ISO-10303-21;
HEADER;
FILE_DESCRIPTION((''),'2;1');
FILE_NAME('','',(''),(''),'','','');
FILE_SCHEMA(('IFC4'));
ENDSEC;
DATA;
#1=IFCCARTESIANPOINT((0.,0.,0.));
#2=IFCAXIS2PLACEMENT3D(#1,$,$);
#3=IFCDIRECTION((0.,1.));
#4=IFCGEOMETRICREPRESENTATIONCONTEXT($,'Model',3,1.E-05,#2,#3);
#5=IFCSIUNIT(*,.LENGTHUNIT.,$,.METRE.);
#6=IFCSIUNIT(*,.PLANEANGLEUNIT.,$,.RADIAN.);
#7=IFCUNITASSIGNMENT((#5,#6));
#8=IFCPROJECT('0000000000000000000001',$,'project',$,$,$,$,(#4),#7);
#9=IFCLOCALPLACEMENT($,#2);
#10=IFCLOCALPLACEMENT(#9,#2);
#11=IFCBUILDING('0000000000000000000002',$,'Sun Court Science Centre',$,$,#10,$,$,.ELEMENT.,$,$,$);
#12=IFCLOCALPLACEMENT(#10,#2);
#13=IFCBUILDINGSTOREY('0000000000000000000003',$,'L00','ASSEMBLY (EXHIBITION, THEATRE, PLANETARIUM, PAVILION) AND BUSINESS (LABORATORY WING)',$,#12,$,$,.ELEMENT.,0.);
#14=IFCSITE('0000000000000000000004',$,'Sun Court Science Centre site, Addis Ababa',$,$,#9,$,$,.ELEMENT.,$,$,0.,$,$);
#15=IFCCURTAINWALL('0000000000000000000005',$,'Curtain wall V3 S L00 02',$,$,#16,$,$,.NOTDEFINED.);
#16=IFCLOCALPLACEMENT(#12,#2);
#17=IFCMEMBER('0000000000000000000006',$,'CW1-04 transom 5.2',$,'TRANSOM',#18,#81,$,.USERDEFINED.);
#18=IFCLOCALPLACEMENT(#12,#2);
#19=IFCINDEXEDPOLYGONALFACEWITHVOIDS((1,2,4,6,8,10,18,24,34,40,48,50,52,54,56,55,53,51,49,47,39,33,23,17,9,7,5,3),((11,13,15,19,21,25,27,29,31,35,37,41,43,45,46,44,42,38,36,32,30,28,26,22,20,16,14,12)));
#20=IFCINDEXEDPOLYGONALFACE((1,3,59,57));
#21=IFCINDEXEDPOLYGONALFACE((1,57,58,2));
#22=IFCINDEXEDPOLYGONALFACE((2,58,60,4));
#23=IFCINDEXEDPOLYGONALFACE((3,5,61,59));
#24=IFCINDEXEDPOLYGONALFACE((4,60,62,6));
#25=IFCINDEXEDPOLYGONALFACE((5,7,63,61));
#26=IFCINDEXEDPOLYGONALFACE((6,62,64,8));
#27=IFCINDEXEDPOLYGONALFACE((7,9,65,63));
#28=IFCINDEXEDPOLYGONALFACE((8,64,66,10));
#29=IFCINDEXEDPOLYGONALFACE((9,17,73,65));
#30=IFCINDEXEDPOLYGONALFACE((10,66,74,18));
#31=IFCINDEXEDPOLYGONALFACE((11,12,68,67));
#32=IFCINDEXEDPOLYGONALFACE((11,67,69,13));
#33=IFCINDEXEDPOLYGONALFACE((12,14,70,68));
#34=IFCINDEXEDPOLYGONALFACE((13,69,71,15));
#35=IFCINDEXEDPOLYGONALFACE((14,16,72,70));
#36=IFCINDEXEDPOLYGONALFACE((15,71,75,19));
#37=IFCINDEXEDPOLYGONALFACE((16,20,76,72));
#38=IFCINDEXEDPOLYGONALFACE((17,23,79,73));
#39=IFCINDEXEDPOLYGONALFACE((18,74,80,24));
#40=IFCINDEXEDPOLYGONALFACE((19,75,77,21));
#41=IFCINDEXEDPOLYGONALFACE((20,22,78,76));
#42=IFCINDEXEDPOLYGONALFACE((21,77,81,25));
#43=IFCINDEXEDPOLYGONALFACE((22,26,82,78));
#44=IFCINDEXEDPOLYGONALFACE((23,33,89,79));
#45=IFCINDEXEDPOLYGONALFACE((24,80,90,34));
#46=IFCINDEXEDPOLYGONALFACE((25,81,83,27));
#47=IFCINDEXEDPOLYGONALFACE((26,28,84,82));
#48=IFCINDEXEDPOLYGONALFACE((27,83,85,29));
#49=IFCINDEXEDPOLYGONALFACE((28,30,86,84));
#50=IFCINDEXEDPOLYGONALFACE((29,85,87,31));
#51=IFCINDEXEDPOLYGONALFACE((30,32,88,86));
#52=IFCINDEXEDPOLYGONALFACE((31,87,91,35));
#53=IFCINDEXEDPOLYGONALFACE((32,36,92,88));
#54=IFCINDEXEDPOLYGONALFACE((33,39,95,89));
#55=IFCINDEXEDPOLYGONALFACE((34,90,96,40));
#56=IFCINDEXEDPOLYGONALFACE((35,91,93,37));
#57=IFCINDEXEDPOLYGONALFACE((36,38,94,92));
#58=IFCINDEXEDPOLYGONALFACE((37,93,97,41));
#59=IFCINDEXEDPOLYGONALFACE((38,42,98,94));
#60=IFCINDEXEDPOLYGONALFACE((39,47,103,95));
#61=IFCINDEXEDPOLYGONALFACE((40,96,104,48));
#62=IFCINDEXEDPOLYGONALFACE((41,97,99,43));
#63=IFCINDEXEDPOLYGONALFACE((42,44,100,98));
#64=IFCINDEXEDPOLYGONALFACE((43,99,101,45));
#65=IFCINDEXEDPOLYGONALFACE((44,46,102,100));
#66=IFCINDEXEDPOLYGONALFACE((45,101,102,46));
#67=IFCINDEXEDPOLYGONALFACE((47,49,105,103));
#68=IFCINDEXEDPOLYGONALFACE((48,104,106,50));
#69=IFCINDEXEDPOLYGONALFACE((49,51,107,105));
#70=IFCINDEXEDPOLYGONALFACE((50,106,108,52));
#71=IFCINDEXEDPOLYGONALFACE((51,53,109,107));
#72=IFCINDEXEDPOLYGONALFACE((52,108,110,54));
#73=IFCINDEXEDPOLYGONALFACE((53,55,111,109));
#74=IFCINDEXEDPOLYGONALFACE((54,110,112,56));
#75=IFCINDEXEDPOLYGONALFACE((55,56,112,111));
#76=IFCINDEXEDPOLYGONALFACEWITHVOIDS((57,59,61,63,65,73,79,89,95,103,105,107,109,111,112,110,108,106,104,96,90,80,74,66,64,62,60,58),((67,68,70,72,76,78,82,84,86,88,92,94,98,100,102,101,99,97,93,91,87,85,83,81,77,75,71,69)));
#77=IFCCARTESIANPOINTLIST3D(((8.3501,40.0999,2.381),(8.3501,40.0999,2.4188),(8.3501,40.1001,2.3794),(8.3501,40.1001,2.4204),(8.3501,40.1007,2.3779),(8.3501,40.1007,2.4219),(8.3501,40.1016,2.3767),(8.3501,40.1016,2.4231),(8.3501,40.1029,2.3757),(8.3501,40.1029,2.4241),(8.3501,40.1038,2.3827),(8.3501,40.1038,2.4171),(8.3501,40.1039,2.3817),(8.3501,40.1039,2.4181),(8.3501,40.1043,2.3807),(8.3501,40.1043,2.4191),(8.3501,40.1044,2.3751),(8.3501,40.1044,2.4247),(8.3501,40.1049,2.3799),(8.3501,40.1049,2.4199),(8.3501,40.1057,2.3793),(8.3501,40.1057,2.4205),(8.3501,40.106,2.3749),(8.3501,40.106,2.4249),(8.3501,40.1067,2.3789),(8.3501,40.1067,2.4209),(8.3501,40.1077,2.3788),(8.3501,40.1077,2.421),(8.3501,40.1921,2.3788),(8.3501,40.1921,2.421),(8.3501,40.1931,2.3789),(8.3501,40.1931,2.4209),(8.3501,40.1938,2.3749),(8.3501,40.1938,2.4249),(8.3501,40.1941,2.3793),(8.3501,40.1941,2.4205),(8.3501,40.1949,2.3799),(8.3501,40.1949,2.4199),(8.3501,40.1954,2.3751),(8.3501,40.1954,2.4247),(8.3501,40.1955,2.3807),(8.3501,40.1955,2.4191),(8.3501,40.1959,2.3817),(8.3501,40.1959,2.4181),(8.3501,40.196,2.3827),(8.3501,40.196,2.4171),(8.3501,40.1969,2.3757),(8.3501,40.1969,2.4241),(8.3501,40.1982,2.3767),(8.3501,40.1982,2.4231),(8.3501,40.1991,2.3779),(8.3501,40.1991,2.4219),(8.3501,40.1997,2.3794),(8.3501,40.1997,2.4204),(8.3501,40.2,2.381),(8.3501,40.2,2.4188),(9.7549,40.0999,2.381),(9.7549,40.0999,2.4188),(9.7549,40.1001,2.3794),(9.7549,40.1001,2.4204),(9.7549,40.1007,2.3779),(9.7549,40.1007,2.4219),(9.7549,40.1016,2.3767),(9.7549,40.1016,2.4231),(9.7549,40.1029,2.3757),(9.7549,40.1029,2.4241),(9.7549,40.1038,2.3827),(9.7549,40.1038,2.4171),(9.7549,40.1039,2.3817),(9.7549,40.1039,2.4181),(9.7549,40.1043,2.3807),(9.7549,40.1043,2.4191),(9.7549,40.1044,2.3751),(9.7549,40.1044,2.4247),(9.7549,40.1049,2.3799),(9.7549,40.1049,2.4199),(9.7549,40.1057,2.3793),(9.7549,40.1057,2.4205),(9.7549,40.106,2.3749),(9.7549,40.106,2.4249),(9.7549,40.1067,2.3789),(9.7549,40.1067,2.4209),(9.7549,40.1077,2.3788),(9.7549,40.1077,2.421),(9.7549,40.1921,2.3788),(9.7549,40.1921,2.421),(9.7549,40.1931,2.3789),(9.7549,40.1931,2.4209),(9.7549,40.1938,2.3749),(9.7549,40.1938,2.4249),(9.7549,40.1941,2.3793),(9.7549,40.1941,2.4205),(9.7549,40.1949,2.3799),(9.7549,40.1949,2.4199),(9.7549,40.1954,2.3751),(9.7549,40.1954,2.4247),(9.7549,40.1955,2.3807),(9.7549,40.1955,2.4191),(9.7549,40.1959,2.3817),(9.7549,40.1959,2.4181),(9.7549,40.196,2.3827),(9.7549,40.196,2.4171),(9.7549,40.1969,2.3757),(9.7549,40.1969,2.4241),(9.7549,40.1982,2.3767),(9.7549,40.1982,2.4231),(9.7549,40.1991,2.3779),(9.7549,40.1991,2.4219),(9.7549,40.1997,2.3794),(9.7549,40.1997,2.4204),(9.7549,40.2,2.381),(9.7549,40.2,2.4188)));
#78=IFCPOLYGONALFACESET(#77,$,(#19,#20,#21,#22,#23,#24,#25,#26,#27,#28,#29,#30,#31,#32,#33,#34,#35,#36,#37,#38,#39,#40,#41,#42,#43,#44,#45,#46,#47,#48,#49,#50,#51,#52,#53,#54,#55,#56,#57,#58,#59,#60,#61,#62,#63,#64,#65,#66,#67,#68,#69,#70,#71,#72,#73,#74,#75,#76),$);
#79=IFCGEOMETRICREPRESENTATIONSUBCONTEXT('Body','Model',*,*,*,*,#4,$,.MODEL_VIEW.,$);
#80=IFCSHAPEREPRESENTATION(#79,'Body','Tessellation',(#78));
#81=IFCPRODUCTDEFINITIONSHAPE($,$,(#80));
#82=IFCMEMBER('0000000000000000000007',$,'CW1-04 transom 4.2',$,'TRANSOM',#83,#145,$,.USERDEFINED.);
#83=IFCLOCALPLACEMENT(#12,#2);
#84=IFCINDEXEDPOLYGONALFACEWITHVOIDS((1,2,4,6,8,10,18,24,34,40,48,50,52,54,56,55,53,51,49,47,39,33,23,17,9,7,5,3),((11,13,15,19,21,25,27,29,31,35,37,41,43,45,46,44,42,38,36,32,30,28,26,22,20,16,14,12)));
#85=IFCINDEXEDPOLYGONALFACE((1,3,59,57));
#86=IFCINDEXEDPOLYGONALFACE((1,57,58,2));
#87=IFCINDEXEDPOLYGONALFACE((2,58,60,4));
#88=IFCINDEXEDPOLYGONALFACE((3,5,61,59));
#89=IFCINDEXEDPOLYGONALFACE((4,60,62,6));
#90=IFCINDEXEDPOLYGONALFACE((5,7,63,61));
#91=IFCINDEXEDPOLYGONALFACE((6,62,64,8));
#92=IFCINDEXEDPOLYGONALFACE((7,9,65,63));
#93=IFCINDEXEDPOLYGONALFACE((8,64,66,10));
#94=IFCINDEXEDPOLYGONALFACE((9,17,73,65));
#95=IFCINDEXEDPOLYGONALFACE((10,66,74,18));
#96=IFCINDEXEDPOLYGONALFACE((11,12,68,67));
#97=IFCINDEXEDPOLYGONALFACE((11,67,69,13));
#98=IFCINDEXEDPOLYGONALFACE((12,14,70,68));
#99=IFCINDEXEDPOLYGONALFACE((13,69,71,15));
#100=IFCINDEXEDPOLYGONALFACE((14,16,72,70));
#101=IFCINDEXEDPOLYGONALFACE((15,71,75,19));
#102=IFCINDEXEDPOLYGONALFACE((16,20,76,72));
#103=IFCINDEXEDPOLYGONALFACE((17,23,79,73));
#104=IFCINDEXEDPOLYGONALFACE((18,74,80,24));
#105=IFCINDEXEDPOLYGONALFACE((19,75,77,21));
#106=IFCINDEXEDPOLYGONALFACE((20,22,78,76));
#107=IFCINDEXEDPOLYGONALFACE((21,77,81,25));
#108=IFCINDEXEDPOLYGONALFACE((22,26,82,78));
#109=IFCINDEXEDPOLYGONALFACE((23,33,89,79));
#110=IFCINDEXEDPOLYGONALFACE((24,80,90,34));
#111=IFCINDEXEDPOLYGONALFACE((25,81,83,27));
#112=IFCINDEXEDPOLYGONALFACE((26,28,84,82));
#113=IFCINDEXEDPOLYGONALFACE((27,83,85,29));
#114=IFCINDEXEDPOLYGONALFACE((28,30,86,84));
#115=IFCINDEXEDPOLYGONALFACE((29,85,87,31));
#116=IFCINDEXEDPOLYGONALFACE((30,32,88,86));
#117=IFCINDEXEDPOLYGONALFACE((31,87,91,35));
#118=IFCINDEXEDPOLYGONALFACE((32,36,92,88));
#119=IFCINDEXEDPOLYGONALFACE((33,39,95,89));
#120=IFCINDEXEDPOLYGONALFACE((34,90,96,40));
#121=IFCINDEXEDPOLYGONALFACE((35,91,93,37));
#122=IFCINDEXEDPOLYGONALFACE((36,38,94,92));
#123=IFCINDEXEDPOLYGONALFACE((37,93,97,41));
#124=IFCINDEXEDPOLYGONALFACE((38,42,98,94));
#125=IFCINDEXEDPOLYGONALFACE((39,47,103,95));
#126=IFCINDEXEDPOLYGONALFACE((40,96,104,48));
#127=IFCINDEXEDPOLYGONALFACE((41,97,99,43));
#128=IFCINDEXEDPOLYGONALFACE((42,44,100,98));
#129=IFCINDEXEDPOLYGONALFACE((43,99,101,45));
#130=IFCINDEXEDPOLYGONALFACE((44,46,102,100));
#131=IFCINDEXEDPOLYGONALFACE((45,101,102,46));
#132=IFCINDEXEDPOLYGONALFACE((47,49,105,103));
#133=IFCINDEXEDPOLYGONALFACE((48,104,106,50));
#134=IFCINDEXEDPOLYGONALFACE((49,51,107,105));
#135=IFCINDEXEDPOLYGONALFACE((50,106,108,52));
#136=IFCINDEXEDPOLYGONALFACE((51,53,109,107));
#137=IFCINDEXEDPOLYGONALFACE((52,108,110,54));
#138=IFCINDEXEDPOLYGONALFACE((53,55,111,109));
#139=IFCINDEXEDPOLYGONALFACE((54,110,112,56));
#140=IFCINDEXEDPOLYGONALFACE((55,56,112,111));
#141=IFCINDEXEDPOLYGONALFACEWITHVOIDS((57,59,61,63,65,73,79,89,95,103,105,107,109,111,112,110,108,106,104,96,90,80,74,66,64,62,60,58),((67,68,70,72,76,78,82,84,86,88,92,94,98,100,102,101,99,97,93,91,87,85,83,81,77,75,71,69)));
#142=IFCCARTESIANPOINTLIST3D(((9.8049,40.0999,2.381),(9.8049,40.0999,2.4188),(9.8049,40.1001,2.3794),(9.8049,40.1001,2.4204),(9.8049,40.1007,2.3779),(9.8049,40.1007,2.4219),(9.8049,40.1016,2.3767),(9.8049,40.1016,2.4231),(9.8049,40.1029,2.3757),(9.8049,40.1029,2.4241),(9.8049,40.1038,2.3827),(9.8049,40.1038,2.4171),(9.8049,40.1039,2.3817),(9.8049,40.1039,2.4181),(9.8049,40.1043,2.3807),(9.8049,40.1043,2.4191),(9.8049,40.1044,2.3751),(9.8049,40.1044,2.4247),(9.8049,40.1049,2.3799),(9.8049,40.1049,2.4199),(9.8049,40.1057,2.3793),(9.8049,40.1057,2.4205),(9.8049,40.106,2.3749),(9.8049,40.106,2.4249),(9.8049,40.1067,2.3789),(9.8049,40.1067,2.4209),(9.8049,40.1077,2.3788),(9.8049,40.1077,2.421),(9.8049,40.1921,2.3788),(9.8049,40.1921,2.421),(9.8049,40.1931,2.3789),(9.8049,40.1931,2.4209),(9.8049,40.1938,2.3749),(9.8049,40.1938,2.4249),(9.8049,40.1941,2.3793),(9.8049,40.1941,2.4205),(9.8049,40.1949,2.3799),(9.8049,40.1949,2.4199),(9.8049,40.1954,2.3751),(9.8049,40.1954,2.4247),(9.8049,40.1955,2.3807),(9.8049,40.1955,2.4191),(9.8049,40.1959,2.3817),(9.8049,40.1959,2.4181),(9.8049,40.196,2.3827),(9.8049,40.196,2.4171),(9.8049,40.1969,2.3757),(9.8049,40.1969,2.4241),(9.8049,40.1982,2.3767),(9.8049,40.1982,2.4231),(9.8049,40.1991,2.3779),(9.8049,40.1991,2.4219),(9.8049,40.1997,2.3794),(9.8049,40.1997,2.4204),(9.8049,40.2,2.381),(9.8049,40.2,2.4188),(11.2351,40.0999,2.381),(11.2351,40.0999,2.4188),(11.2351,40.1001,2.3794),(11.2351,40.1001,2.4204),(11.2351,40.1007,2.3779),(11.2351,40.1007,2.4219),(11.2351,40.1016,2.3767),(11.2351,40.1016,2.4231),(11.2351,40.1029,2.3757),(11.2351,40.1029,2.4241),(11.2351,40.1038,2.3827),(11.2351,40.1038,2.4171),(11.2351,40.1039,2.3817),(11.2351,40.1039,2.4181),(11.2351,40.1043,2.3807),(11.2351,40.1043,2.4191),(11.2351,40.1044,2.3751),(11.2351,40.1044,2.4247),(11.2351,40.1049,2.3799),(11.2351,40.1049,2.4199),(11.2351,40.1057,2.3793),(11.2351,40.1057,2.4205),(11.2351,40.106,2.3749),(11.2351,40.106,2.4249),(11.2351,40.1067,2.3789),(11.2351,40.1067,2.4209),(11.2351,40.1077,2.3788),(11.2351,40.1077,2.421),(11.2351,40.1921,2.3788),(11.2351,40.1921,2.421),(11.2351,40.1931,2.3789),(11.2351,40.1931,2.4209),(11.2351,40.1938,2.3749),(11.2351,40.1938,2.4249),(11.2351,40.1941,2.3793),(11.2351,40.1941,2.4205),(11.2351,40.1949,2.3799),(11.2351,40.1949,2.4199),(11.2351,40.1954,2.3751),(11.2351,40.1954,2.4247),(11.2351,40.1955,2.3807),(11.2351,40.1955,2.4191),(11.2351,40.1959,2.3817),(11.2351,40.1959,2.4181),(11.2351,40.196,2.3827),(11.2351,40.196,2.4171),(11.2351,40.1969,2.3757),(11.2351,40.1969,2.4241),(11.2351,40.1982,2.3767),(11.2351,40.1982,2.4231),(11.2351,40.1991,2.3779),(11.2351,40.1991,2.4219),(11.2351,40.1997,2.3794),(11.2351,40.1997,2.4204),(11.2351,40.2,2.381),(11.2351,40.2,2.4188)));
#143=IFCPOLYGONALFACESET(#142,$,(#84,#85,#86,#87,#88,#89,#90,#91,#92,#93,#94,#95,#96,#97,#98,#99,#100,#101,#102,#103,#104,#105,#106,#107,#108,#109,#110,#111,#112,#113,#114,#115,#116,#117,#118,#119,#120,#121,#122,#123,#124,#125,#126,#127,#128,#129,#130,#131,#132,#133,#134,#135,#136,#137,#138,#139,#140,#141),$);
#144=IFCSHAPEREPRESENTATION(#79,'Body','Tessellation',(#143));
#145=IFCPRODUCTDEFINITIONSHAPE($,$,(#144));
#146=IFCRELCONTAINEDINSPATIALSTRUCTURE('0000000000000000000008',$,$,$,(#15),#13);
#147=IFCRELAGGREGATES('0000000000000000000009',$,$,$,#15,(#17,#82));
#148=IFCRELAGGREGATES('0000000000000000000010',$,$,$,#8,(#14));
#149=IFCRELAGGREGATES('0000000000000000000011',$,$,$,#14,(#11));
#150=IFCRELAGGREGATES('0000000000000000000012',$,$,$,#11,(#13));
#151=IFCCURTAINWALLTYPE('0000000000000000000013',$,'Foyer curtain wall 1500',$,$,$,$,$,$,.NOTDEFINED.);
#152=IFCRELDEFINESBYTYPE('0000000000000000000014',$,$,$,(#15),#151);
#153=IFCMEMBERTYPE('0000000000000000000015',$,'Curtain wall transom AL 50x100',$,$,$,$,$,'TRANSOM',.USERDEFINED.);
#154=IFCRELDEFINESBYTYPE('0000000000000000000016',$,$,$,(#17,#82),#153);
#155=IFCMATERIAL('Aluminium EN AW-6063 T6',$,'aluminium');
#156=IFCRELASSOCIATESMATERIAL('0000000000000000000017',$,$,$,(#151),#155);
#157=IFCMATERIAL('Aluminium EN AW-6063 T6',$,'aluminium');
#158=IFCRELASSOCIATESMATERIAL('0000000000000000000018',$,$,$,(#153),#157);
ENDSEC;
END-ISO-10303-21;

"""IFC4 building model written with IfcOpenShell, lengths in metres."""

from ifc_helpers import new_model, si_unit, direction, frame, origin, origin_2d, place, context, subcontext, project, spatial, hollow_rectangle, extrude, material, material_profile, profile_set, type_object, element, aggregate, save


model = new_model("IFC4")

# Units and contexts
model_context = context("Model", 3, precision=1e-05, world=origin(), true_north=direction((0.0, 1.0)))
body_context = subcontext(model_context, "Body", "Model", "MODEL_VIEW")
ifc_project = project(units=[si_unit("LENGTHUNIT", "METRE"), si_unit("PLANEANGLEUNIT", "RADIAN")], contexts=[model_context])

# Site, building, storey
site_placement = place(None, origin())
site = spatial("IfcSite", under=ifc_project, at=site_placement, Name="Sun Court Science Centre site, Addis Ababa", CompositionType="ELEMENT", RefElevation=0.0)
building_placement = place(site_placement, origin())
building = spatial("IfcBuilding", under=site, at=building_placement, Name="Sun Court Science Centre", CompositionType="ELEMENT")
storey_placement = place(building_placement, origin())
storey = spatial("IfcBuildingStorey", under=building, at=storey_placement, Name="L00", Description="ASSEMBLY (EXHIBITION, THEATRE, PLANETARIUM, PAVILION) AND BUSINESS (LABORATORY WING)", CompositionType="ELEMENT", Elevation=0.0)

# Curtain wall
ifc_material_1 = material(Name="Aluminium EN AW-6063 T6", Category="aluminium")
curtain_wall_type = type_object("IfcCurtainWallType", Name="Foyer curtain wall 1500", PredefinedType="NOTDEFINED", material=ifc_material_1)
curtain_wall_1_placement = place(storey_placement, origin())
curtain_wall_1 = element("IfcCurtainWall", 1, at=curtain_wall_1_placement, inside=storey, type_object=curtain_wall_type, Name="Curtain wall V3 S L00 02", PredefinedType="NOTDEFINED")

# Members
ifc_material_2 = material(Name="Aluminium EN AW-6063 T6", Category="aluminium")
ifc_material_profile_1 = material_profile(ifc_material_2, hollow_rectangle(XDim=0.05, YDim=0.1001, WallThickness=0.0039, InnerFilletRadius=0.0039, OuterFilletRadius=0.0061, at=origin_2d()), Name="AL 50x100x4")
ifc_profile_set_1 = profile_set([ifc_material_profile_1], Name="Aluminium EN AW-6063 T6")
member_type_1 = type_object("IfcMemberType", Name="Curtain wall transom AL 50x100", ElementType="TRANSOM", PredefinedType="USERDEFINED", material=ifc_profile_set_1)
member_1_placement = place(storey_placement, frame((9.7549, 40.1499, 2.3999), z_axis=(-1.0, 0.0, 0.0), x_axis=(0.0, 0.0, 1.0)))
member_1 = element("IfcMember", 2, at=member_1_placement, type_object=member_type_1, Name="CW1-04 transom 5.2", ObjectType="TRANSOM", PredefinedType="USERDEFINED", context=body_context, shape_type="SweptSolid", body=[
    extrude(hollow_rectangle(XDim=0.05, YDim=0.1001, WallThickness=0.0039, InnerFilletRadius=0.0039, OuterFilletRadius=0.0061, at=origin_2d()), origin(), (0.0, 0.0, 1.0), 1.4048),
])
member_2_placement = place(storey_placement, frame((11.2351, 40.1499, 2.3999), z_axis=(-1.0, 0.0, 0.0), x_axis=(0.0, 0.0, 1.0)))
member_2 = element("IfcMember", 3, at=member_2_placement, type_object=member_type_1, Name="CW1-04 transom 4.2", ObjectType="TRANSOM", PredefinedType="USERDEFINED", context=body_context, shape_type="SweptSolid", body=[
    extrude(hollow_rectangle(XDim=0.05, YDim=0.1001, WallThickness=0.0039, InnerFilletRadius=0.0039, OuterFilletRadius=0.0061, at=origin_2d()), origin(), (0.0, 0.0, 1.0), 1.4302),
])

aggregate(curtain_wall_1, [member_1, member_2])

save(model, "model.ifc")
